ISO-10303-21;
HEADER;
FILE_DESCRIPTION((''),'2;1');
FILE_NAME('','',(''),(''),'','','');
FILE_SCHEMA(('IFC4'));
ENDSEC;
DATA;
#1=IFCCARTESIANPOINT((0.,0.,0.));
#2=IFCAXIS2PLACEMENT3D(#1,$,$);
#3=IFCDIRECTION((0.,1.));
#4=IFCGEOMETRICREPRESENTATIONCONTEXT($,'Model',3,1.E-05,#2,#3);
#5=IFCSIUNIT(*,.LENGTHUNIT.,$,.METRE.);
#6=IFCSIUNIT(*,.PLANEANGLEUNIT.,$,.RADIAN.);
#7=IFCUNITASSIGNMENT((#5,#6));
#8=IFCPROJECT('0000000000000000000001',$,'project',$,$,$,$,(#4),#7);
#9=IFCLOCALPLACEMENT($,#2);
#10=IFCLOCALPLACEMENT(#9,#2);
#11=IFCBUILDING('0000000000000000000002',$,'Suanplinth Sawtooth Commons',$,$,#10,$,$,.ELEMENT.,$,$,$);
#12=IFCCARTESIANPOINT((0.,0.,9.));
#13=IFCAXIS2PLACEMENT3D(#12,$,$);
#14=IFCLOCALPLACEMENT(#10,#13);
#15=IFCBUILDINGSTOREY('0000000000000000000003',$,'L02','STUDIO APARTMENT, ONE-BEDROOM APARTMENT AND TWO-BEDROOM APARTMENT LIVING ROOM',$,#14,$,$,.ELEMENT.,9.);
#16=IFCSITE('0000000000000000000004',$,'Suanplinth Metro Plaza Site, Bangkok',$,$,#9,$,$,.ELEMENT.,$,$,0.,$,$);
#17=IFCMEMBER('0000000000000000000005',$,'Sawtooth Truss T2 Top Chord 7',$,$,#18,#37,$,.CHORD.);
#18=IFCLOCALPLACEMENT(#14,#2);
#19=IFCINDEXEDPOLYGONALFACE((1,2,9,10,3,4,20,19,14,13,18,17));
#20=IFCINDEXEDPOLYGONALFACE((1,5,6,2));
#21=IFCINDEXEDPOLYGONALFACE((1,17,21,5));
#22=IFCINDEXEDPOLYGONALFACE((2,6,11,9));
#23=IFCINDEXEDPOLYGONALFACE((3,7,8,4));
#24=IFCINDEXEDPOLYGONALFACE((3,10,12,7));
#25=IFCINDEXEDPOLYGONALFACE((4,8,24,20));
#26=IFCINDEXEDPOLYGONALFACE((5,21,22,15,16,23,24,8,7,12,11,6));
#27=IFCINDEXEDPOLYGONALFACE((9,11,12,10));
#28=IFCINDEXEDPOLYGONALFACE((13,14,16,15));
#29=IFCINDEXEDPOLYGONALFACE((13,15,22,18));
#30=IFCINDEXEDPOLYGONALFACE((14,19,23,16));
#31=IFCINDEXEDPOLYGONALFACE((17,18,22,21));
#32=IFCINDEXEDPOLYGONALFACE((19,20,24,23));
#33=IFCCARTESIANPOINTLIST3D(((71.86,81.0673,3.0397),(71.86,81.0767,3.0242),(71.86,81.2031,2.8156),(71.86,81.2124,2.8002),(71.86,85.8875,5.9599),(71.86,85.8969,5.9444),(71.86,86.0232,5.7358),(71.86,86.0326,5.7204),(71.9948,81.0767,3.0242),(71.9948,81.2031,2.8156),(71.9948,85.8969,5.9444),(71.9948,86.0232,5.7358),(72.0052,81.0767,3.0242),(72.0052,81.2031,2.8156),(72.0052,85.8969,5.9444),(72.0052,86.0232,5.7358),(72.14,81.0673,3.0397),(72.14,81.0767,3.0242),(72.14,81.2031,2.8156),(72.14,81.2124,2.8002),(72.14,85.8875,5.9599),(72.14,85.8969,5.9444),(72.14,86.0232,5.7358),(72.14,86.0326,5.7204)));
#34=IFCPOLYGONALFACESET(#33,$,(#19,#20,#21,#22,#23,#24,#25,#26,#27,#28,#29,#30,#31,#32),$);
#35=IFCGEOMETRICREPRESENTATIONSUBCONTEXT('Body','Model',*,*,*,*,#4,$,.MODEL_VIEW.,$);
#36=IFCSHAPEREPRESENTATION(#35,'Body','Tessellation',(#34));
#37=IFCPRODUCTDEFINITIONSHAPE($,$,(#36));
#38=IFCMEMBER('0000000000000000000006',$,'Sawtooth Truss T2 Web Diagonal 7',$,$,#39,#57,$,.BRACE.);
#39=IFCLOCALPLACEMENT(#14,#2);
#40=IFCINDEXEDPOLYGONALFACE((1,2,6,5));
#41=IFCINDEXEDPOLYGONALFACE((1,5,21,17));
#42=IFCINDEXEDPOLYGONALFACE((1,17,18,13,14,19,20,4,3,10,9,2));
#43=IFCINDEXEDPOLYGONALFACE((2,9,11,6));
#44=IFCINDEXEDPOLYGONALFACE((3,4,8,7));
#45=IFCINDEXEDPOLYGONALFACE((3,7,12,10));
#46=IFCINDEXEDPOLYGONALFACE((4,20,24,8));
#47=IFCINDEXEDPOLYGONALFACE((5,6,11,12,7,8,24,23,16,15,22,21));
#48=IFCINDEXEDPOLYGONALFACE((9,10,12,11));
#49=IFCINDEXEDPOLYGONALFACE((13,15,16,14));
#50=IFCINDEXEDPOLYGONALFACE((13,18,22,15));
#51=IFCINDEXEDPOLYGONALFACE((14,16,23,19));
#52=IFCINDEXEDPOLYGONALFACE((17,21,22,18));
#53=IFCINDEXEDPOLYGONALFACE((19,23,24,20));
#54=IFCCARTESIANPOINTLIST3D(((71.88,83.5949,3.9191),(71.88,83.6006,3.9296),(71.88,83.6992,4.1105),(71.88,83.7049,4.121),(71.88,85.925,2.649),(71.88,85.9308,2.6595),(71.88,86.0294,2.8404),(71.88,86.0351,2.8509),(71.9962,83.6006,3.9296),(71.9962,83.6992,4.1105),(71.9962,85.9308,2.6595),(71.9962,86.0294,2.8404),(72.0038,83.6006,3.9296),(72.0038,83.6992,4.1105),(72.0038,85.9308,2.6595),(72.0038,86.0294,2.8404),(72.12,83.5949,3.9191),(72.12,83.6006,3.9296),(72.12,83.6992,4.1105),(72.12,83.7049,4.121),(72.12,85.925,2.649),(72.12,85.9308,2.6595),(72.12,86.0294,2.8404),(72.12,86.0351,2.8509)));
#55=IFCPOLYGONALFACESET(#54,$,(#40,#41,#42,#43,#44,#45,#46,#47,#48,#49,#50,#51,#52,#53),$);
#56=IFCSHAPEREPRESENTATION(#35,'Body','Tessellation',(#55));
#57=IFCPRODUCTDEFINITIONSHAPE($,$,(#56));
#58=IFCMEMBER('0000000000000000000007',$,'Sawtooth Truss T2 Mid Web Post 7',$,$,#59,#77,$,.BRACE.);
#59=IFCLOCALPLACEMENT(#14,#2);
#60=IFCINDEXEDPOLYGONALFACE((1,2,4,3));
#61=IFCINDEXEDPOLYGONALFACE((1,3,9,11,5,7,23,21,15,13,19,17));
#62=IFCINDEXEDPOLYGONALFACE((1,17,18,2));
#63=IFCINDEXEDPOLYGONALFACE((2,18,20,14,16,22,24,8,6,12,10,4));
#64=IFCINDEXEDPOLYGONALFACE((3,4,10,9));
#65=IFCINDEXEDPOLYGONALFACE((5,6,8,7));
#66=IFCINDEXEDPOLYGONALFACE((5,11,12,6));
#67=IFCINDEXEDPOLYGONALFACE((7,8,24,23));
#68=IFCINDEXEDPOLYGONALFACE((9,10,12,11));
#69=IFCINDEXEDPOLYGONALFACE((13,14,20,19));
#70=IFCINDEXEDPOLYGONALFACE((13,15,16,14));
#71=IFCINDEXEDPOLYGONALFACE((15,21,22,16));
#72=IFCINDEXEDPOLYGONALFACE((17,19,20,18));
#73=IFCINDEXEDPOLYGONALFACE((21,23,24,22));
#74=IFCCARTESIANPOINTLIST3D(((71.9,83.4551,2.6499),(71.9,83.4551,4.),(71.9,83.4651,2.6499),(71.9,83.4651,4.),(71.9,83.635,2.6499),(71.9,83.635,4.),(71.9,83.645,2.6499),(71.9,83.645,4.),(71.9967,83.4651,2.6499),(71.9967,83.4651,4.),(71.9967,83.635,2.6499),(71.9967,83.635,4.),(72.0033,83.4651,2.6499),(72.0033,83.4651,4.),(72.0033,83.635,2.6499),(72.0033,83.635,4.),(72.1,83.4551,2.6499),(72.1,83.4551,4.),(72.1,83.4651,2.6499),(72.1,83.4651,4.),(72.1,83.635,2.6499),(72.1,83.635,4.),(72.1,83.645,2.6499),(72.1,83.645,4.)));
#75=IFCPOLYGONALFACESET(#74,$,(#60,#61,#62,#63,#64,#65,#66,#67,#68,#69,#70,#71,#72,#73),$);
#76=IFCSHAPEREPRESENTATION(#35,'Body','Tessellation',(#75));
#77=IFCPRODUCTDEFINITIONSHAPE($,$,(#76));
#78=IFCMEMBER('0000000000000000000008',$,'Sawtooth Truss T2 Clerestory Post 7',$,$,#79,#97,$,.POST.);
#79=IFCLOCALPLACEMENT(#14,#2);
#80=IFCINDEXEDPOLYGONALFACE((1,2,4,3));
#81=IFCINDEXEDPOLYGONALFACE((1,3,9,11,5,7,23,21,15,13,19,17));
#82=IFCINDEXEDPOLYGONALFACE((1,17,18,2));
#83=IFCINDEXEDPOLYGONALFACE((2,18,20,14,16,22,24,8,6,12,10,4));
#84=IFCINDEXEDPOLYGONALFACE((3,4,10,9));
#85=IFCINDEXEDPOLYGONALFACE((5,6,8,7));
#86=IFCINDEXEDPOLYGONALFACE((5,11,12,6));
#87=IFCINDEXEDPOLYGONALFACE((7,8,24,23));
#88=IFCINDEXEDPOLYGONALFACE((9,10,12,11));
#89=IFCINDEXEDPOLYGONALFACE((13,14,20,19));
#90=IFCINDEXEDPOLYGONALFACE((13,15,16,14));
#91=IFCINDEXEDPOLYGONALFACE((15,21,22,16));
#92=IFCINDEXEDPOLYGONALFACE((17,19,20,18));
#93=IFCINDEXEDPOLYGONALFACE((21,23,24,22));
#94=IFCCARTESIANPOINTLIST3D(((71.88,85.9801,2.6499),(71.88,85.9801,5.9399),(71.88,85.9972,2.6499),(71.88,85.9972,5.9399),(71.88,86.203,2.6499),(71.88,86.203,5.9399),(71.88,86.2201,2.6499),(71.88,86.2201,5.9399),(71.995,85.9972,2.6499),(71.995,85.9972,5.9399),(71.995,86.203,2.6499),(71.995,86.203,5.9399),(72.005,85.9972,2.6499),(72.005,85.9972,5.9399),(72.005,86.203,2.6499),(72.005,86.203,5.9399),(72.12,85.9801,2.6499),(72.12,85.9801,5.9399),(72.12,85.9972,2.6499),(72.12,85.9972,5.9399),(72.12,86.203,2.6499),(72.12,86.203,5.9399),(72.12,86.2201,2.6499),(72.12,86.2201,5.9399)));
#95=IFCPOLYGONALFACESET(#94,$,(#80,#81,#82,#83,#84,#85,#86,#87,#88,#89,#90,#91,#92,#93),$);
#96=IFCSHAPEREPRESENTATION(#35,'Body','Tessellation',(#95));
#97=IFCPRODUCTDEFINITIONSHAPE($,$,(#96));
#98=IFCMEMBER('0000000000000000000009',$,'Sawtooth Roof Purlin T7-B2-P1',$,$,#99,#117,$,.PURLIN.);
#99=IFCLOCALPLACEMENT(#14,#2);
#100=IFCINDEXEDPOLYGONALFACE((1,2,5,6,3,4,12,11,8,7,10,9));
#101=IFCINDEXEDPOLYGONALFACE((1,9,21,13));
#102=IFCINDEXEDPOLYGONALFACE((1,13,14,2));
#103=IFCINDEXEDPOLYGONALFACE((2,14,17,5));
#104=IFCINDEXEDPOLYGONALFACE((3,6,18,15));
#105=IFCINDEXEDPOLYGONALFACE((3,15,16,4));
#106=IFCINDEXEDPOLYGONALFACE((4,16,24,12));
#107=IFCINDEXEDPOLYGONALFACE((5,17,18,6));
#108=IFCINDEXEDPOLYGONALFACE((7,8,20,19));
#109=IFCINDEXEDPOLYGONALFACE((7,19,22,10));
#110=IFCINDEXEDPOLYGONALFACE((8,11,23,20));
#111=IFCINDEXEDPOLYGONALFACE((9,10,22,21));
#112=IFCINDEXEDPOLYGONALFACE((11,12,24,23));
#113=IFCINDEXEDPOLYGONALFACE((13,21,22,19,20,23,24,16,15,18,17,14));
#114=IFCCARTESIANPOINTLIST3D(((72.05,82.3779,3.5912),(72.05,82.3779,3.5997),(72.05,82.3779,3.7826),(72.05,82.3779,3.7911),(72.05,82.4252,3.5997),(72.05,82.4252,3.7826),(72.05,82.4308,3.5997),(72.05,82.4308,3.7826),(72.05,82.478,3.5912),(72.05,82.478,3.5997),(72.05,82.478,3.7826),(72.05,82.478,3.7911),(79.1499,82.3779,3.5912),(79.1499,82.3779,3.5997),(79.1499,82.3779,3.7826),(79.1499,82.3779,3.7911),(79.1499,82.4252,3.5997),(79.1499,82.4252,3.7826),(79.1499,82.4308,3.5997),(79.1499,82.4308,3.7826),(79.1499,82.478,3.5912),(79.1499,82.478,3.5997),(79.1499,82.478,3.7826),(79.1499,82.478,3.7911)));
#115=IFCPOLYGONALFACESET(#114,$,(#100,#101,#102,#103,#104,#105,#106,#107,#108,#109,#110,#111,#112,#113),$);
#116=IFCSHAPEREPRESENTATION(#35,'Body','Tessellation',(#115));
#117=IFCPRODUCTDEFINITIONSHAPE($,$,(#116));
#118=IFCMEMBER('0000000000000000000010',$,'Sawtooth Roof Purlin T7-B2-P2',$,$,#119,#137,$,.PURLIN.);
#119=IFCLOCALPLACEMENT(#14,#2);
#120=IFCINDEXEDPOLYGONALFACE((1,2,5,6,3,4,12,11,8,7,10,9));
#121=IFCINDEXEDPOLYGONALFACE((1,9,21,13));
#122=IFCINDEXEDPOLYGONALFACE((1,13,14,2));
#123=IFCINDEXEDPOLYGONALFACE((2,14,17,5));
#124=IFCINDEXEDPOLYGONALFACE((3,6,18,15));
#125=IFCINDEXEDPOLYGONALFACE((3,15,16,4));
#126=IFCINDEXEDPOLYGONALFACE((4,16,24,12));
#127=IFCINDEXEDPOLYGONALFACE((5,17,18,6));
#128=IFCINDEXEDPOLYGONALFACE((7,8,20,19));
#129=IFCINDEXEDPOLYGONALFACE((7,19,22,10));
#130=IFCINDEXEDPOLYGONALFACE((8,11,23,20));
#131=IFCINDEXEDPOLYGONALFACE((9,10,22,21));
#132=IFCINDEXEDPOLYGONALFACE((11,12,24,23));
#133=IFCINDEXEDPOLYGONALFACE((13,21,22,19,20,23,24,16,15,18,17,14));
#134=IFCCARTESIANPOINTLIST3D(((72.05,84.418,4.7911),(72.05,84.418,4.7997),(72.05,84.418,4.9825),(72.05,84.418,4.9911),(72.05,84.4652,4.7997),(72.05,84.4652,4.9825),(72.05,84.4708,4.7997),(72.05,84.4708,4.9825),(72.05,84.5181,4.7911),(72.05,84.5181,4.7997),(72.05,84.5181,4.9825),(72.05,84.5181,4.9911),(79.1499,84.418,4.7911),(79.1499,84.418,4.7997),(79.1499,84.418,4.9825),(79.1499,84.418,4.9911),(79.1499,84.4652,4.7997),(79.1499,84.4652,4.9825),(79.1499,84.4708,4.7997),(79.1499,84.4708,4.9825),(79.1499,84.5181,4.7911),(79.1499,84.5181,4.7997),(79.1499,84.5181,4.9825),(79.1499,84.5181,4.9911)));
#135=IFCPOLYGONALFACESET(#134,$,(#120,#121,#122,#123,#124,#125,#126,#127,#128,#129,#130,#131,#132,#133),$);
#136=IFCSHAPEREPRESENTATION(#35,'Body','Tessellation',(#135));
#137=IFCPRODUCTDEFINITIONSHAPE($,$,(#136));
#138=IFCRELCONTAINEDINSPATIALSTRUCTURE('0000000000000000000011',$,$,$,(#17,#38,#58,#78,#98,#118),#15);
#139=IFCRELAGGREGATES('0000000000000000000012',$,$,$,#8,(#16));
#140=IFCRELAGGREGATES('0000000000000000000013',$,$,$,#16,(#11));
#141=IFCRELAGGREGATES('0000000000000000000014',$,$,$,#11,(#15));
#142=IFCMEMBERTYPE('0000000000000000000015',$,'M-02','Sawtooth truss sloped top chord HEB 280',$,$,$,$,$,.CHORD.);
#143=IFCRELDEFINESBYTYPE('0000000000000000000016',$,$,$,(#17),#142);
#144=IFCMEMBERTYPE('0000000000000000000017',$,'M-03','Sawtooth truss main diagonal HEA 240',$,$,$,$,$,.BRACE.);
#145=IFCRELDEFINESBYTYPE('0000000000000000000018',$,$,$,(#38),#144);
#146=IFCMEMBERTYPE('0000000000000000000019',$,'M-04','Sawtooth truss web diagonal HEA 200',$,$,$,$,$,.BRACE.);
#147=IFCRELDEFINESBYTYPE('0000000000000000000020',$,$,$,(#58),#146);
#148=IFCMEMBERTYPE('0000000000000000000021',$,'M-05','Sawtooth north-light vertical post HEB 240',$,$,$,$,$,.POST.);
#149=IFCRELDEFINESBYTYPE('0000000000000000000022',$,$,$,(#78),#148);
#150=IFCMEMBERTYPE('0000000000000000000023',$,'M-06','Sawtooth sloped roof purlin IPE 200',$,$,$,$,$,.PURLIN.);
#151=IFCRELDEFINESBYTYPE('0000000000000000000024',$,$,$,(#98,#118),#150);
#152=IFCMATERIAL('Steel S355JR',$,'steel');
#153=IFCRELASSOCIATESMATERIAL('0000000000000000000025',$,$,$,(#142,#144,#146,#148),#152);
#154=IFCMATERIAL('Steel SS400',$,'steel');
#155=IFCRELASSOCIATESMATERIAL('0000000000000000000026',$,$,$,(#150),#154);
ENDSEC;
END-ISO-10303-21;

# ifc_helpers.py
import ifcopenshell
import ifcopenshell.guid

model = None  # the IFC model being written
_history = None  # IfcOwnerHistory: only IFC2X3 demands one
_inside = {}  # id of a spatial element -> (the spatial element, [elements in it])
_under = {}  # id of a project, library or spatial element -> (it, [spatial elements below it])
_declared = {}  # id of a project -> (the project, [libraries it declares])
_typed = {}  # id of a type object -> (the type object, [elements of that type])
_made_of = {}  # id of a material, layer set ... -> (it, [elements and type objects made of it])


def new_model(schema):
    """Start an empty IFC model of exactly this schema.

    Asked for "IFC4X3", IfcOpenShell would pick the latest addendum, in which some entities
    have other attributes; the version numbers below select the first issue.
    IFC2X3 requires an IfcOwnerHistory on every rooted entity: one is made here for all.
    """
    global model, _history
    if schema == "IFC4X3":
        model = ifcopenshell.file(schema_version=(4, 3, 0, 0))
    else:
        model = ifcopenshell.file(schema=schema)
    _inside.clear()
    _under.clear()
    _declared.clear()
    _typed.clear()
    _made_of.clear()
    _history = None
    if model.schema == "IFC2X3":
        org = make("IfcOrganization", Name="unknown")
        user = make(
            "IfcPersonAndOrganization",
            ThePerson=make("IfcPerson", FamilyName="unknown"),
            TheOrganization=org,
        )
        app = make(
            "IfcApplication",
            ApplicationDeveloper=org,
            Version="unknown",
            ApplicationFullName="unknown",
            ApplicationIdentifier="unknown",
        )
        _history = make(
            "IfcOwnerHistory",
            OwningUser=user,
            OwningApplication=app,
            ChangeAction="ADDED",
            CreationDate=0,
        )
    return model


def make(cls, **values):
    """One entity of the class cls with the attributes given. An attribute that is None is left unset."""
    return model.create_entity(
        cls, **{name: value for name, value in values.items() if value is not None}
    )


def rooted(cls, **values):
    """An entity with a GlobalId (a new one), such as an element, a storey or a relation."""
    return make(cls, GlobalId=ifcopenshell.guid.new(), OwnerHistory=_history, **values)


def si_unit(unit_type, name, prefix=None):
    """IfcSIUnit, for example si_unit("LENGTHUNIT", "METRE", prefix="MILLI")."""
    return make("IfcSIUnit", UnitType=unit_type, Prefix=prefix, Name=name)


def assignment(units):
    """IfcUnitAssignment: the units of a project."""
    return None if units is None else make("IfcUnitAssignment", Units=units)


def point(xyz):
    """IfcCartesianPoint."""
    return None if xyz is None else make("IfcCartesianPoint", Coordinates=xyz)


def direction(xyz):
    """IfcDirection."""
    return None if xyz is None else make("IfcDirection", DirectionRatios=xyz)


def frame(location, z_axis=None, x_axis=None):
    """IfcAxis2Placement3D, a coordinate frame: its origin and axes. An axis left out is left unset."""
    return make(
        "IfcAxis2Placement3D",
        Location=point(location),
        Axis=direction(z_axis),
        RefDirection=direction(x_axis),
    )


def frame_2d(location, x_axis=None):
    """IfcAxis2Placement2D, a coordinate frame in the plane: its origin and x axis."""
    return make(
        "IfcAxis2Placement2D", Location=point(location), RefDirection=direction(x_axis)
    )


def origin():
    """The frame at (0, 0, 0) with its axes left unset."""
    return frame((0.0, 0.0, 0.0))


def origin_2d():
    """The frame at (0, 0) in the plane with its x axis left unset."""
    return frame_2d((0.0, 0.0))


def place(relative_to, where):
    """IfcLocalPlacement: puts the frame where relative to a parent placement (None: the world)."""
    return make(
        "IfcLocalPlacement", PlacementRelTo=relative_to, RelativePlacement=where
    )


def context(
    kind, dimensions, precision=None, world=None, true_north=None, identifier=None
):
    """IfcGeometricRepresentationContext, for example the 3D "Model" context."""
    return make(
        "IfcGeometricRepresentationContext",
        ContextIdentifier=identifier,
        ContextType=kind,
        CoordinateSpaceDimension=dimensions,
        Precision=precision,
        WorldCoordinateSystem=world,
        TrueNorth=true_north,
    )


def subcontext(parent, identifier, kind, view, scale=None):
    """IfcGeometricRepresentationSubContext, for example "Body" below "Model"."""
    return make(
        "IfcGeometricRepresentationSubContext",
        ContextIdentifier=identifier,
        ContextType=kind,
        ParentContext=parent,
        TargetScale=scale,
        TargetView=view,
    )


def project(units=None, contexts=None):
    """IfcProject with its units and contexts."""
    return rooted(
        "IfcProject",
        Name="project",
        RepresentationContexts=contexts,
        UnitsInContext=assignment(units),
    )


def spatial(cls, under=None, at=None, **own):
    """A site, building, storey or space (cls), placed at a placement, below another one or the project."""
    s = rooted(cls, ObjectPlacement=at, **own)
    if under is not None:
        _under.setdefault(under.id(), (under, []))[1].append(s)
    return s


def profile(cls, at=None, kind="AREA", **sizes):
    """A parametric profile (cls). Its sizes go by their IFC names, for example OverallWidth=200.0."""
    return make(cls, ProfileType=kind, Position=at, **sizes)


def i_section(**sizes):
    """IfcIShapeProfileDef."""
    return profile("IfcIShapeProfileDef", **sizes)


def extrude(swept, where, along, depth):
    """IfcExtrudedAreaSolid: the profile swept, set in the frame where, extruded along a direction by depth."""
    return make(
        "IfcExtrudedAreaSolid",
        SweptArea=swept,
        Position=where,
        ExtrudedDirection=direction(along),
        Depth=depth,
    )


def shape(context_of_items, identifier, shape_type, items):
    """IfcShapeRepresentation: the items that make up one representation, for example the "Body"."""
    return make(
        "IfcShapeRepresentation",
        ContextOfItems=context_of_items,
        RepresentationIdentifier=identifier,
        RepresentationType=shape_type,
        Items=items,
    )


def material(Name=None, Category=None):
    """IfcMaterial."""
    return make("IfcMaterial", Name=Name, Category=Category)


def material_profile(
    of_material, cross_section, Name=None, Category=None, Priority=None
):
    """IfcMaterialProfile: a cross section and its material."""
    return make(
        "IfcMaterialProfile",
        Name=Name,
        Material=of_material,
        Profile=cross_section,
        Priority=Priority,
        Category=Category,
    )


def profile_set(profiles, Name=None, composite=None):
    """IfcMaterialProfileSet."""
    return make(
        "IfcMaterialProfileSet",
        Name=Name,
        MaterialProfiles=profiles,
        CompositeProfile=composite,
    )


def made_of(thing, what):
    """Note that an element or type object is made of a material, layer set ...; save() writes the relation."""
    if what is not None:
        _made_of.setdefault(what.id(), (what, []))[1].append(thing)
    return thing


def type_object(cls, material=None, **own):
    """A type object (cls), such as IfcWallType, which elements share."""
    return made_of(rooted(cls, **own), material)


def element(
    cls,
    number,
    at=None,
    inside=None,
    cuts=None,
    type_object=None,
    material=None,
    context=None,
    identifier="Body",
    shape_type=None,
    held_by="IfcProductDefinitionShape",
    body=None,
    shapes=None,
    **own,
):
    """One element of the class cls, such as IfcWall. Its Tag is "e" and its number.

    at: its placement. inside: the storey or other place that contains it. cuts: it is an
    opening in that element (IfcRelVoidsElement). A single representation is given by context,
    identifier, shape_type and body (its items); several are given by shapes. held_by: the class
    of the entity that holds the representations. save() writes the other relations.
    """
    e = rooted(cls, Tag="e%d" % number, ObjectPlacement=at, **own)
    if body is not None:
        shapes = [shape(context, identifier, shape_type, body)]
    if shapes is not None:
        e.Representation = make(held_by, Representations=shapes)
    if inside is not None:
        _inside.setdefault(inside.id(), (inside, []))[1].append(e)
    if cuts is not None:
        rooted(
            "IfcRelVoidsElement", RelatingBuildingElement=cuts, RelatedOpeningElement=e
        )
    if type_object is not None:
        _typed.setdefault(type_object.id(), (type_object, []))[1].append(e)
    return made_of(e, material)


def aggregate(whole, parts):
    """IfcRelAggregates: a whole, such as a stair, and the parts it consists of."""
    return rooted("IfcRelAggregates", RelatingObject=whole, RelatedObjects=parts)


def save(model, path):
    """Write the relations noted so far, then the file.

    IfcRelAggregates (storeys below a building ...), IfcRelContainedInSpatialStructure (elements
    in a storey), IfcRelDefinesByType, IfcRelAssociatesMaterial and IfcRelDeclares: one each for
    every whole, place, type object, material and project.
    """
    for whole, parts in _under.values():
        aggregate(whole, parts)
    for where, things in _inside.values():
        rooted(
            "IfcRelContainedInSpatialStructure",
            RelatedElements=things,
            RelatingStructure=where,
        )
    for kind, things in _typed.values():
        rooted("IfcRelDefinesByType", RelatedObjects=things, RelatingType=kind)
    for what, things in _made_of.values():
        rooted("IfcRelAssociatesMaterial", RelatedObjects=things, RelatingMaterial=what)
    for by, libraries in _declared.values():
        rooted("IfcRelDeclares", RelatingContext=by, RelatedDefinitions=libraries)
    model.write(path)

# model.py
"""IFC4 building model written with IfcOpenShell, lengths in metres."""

from ifc_helpers import new_model, si_unit, direction, frame, origin, origin_2d, place, context, subcontext, project, spatial, i_section, extrude, material, material_profile, profile_set, type_object, element, save


model = new_model("IFC4")

# Units and contexts
model_context = context("Model", 3, precision=1e-05, world=origin(), true_north=direction((0.0, 1.0)))
body_context = subcontext(model_context, "Body", "Model", "MODEL_VIEW")
ifc_project = project(units=[si_unit("LENGTHUNIT", "METRE"), si_unit("PLANEANGLEUNIT", "RADIAN")], contexts=[model_context])

# Site, building, storey
site_placement = place(None, origin())
site = spatial("IfcSite", under=ifc_project, at=site_placement, Name="Suanplinth Metro Plaza Site, Bangkok", CompositionType="ELEMENT", RefElevation=0.0)
building_placement = place(site_placement, origin())
building = spatial("IfcBuilding", under=site, at=building_placement, Name="Suanplinth Sawtooth Commons", CompositionType="ELEMENT")
storey_placement = place(building_placement, frame((0.0, 0.0, 9.0)))
storey = spatial("IfcBuildingStorey", under=building, at=storey_placement, Name="L02", Description="STUDIO APARTMENT, ONE-BEDROOM APARTMENT AND TWO-BEDROOM APARTMENT LIVING ROOM", CompositionType="ELEMENT", Elevation=9.0)

# Members
ifc_material_1 = material(Name="Steel S355JR", Category="steel")
ifc_material_profile_1 = material_profile(ifc_material_1, i_section(OverallWidth=0.28, OverallDepth=0.28, WebThickness=0.0105, FlangeThickness=0.0181, at=origin_2d()), Name="HEB 280")
ifc_profile_set_1 = profile_set([ifc_material_profile_1], Name="Steel S355JR")
member_type_1 = type_object("IfcMemberType", Name="M-02", Description="Sawtooth truss sloped top chord HEB 280", PredefinedType="CHORD", material=ifc_profile_set_1)
member_1_placement = place(storey_placement, frame((72.0, 81.1399, 2.9199), z_axis=(0.0, 0.855283, 0.518161), x_axis=(-1.0, 0.0, 0.0)))
element("IfcMember", 1, at=member_1_placement, inside=storey, type_object=member_type_1, Name="Sawtooth Truss T2 Top Chord 7", PredefinedType="CHORD", context=body_context, shape_type="SweptSolid", body=[
    extrude(i_section(OverallWidth=0.28, OverallDepth=0.28, WebThickness=0.0105, FlangeThickness=0.0181, at=origin_2d()), origin(), (0.0, 0.0, 1.0), 5.6357),
])
ifc_material_profile_2 = material_profile(ifc_material_1, i_section(OverallWidth=0.24, OverallDepth=0.23, WebThickness=0.0076, FlangeThickness=0.012, at=origin_2d()), Name="HEA 240")
ifc_profile_set_2 = profile_set([ifc_material_profile_2], Name="Steel S355JR")
member_type_2 = type_object("IfcMemberType", Name="M-03", Description="Sawtooth truss main diagonal HEA 240", PredefinedType="BRACE", material=ifc_profile_set_2)
member_2_placement = place(storey_placement, frame((72.0, 83.6499, 4.02), z_axis=(0.0, 0.878043, -0.478581), x_axis=(-1.0, 0.0, 0.0)))
element("IfcMember", 2, at=member_2_placement, inside=storey, type_object=member_type_2, Name="Sawtooth Truss T2 Web Diagonal 7", PredefinedType="BRACE", context=body_context, shape_type="SweptSolid", body=[
    extrude(i_section(OverallWidth=0.24, OverallDepth=0.23, WebThickness=0.0076, FlangeThickness=0.012, at=origin_2d()), origin(), (0.0, 0.0, 1.0), 2.6538),
])
ifc_material_profile_3 = material_profile(ifc_material_1, i_section(OverallWidth=0.2, OverallDepth=0.1899, WebThickness=0.0066, FlangeThickness=0.01, at=origin_2d()), Name="HEA 200")
ifc_profile_set_3 = profile_set([ifc_material_profile_3], Name="Steel S355JR")
member_type_3 = type_object("IfcMemberType", Name="M-04", Description="Sawtooth truss web diagonal HEA 200", PredefinedType="BRACE", material=ifc_profile_set_3)
member_3_placement = place(storey_placement, frame((72.0, 83.55, 2.6499), z_axis=(0.0, 0.0, 1.0), x_axis=(1.0, 0.0, 0.0)))
element("IfcMember", 3, at=member_3_placement, inside=storey, type_object=member_type_3, Name="Sawtooth Truss T2 Mid Web Post 7", PredefinedType="BRACE", context=body_context, shape_type="SweptSolid", body=[
    extrude(i_section(OverallWidth=0.2, OverallDepth=0.1899, WebThickness=0.0066, FlangeThickness=0.01, at=origin_2d()), origin(), (0.0, 0.0, 1.0), 1.3501),
])
ifc_material_profile_4 = material_profile(ifc_material_1, i_section(OverallWidth=0.24, OverallDepth=0.24, WebThickness=0.01, FlangeThickness=0.0171, at=origin_2d()), Name="HEB 240")
ifc_profile_set_4 = profile_set([ifc_material_profile_4], Name="Steel S355JR")
member_type_4 = type_object("IfcMemberType", Name="M-05", Description="Sawtooth north-light vertical post HEB 240", PredefinedType="POST", material=ifc_profile_set_4)
member_4_placement = place(storey_placement, frame((72.0, 86.1001, 2.6499), z_axis=(0.0, 0.0, 1.0), x_axis=(1.0, 0.0, 0.0)))
element("IfcMember", 4, at=member_4_placement, inside=storey, type_object=member_type_4, Name="Sawtooth Truss T2 Clerestory Post 7", PredefinedType="POST", context=body_context, shape_type="SweptSolid", body=[
    extrude(i_section(OverallWidth=0.24, OverallDepth=0.24, WebThickness=0.01, FlangeThickness=0.0171, at=origin_2d()), origin(), (0.0, 0.0, 1.0), 3.29),
])
ifc_material_2 = material(Name="Steel SS400", Category="steel")
ifc_material_profile_5 = material_profile(ifc_material_2, i_section(OverallWidth=0.1001, OverallDepth=0.2, WebThickness=0.0056, FlangeThickness=0.0085, at=origin_2d()), Name="IPE 200")
ifc_profile_set_5 = profile_set([ifc_material_profile_5], Name="Steel SS400")
member_type_5 = type_object("IfcMemberType", Name="M-06", Description="Sawtooth sloped roof purlin IPE 200", PredefinedType="PURLIN", material=ifc_profile_set_5)
for number, where, z_axis, x_axis, name in (
    (5, (72.05, 82.428, 3.6912), (1.0, 0.0, 0.0), (0.0, 1.0, 0.0), "Sawtooth Roof Purlin T7-B2-P1"),
    (6, (72.05, 84.468, 4.8911), (1.0, 0.0, 0.0), (0.0, 1.0, 0.0), "Sawtooth Roof Purlin T7-B2-P2"),
):
    element("IfcMember", number, at=place(storey_placement, frame(where, z_axis=z_axis, x_axis=x_axis)), inside=storey, type_object=member_type_5, Name=name, PredefinedType="PURLIN", context=body_context, shape_type="SweptSolid", body=[
        extrude(i_section(OverallWidth=0.1001, OverallDepth=0.2, WebThickness=0.0056, FlangeThickness=0.0085, at=origin_2d()), origin(), (0.0, 0.0, 1.0), 7.0999),
    ])

save(model, "model.ifc")
